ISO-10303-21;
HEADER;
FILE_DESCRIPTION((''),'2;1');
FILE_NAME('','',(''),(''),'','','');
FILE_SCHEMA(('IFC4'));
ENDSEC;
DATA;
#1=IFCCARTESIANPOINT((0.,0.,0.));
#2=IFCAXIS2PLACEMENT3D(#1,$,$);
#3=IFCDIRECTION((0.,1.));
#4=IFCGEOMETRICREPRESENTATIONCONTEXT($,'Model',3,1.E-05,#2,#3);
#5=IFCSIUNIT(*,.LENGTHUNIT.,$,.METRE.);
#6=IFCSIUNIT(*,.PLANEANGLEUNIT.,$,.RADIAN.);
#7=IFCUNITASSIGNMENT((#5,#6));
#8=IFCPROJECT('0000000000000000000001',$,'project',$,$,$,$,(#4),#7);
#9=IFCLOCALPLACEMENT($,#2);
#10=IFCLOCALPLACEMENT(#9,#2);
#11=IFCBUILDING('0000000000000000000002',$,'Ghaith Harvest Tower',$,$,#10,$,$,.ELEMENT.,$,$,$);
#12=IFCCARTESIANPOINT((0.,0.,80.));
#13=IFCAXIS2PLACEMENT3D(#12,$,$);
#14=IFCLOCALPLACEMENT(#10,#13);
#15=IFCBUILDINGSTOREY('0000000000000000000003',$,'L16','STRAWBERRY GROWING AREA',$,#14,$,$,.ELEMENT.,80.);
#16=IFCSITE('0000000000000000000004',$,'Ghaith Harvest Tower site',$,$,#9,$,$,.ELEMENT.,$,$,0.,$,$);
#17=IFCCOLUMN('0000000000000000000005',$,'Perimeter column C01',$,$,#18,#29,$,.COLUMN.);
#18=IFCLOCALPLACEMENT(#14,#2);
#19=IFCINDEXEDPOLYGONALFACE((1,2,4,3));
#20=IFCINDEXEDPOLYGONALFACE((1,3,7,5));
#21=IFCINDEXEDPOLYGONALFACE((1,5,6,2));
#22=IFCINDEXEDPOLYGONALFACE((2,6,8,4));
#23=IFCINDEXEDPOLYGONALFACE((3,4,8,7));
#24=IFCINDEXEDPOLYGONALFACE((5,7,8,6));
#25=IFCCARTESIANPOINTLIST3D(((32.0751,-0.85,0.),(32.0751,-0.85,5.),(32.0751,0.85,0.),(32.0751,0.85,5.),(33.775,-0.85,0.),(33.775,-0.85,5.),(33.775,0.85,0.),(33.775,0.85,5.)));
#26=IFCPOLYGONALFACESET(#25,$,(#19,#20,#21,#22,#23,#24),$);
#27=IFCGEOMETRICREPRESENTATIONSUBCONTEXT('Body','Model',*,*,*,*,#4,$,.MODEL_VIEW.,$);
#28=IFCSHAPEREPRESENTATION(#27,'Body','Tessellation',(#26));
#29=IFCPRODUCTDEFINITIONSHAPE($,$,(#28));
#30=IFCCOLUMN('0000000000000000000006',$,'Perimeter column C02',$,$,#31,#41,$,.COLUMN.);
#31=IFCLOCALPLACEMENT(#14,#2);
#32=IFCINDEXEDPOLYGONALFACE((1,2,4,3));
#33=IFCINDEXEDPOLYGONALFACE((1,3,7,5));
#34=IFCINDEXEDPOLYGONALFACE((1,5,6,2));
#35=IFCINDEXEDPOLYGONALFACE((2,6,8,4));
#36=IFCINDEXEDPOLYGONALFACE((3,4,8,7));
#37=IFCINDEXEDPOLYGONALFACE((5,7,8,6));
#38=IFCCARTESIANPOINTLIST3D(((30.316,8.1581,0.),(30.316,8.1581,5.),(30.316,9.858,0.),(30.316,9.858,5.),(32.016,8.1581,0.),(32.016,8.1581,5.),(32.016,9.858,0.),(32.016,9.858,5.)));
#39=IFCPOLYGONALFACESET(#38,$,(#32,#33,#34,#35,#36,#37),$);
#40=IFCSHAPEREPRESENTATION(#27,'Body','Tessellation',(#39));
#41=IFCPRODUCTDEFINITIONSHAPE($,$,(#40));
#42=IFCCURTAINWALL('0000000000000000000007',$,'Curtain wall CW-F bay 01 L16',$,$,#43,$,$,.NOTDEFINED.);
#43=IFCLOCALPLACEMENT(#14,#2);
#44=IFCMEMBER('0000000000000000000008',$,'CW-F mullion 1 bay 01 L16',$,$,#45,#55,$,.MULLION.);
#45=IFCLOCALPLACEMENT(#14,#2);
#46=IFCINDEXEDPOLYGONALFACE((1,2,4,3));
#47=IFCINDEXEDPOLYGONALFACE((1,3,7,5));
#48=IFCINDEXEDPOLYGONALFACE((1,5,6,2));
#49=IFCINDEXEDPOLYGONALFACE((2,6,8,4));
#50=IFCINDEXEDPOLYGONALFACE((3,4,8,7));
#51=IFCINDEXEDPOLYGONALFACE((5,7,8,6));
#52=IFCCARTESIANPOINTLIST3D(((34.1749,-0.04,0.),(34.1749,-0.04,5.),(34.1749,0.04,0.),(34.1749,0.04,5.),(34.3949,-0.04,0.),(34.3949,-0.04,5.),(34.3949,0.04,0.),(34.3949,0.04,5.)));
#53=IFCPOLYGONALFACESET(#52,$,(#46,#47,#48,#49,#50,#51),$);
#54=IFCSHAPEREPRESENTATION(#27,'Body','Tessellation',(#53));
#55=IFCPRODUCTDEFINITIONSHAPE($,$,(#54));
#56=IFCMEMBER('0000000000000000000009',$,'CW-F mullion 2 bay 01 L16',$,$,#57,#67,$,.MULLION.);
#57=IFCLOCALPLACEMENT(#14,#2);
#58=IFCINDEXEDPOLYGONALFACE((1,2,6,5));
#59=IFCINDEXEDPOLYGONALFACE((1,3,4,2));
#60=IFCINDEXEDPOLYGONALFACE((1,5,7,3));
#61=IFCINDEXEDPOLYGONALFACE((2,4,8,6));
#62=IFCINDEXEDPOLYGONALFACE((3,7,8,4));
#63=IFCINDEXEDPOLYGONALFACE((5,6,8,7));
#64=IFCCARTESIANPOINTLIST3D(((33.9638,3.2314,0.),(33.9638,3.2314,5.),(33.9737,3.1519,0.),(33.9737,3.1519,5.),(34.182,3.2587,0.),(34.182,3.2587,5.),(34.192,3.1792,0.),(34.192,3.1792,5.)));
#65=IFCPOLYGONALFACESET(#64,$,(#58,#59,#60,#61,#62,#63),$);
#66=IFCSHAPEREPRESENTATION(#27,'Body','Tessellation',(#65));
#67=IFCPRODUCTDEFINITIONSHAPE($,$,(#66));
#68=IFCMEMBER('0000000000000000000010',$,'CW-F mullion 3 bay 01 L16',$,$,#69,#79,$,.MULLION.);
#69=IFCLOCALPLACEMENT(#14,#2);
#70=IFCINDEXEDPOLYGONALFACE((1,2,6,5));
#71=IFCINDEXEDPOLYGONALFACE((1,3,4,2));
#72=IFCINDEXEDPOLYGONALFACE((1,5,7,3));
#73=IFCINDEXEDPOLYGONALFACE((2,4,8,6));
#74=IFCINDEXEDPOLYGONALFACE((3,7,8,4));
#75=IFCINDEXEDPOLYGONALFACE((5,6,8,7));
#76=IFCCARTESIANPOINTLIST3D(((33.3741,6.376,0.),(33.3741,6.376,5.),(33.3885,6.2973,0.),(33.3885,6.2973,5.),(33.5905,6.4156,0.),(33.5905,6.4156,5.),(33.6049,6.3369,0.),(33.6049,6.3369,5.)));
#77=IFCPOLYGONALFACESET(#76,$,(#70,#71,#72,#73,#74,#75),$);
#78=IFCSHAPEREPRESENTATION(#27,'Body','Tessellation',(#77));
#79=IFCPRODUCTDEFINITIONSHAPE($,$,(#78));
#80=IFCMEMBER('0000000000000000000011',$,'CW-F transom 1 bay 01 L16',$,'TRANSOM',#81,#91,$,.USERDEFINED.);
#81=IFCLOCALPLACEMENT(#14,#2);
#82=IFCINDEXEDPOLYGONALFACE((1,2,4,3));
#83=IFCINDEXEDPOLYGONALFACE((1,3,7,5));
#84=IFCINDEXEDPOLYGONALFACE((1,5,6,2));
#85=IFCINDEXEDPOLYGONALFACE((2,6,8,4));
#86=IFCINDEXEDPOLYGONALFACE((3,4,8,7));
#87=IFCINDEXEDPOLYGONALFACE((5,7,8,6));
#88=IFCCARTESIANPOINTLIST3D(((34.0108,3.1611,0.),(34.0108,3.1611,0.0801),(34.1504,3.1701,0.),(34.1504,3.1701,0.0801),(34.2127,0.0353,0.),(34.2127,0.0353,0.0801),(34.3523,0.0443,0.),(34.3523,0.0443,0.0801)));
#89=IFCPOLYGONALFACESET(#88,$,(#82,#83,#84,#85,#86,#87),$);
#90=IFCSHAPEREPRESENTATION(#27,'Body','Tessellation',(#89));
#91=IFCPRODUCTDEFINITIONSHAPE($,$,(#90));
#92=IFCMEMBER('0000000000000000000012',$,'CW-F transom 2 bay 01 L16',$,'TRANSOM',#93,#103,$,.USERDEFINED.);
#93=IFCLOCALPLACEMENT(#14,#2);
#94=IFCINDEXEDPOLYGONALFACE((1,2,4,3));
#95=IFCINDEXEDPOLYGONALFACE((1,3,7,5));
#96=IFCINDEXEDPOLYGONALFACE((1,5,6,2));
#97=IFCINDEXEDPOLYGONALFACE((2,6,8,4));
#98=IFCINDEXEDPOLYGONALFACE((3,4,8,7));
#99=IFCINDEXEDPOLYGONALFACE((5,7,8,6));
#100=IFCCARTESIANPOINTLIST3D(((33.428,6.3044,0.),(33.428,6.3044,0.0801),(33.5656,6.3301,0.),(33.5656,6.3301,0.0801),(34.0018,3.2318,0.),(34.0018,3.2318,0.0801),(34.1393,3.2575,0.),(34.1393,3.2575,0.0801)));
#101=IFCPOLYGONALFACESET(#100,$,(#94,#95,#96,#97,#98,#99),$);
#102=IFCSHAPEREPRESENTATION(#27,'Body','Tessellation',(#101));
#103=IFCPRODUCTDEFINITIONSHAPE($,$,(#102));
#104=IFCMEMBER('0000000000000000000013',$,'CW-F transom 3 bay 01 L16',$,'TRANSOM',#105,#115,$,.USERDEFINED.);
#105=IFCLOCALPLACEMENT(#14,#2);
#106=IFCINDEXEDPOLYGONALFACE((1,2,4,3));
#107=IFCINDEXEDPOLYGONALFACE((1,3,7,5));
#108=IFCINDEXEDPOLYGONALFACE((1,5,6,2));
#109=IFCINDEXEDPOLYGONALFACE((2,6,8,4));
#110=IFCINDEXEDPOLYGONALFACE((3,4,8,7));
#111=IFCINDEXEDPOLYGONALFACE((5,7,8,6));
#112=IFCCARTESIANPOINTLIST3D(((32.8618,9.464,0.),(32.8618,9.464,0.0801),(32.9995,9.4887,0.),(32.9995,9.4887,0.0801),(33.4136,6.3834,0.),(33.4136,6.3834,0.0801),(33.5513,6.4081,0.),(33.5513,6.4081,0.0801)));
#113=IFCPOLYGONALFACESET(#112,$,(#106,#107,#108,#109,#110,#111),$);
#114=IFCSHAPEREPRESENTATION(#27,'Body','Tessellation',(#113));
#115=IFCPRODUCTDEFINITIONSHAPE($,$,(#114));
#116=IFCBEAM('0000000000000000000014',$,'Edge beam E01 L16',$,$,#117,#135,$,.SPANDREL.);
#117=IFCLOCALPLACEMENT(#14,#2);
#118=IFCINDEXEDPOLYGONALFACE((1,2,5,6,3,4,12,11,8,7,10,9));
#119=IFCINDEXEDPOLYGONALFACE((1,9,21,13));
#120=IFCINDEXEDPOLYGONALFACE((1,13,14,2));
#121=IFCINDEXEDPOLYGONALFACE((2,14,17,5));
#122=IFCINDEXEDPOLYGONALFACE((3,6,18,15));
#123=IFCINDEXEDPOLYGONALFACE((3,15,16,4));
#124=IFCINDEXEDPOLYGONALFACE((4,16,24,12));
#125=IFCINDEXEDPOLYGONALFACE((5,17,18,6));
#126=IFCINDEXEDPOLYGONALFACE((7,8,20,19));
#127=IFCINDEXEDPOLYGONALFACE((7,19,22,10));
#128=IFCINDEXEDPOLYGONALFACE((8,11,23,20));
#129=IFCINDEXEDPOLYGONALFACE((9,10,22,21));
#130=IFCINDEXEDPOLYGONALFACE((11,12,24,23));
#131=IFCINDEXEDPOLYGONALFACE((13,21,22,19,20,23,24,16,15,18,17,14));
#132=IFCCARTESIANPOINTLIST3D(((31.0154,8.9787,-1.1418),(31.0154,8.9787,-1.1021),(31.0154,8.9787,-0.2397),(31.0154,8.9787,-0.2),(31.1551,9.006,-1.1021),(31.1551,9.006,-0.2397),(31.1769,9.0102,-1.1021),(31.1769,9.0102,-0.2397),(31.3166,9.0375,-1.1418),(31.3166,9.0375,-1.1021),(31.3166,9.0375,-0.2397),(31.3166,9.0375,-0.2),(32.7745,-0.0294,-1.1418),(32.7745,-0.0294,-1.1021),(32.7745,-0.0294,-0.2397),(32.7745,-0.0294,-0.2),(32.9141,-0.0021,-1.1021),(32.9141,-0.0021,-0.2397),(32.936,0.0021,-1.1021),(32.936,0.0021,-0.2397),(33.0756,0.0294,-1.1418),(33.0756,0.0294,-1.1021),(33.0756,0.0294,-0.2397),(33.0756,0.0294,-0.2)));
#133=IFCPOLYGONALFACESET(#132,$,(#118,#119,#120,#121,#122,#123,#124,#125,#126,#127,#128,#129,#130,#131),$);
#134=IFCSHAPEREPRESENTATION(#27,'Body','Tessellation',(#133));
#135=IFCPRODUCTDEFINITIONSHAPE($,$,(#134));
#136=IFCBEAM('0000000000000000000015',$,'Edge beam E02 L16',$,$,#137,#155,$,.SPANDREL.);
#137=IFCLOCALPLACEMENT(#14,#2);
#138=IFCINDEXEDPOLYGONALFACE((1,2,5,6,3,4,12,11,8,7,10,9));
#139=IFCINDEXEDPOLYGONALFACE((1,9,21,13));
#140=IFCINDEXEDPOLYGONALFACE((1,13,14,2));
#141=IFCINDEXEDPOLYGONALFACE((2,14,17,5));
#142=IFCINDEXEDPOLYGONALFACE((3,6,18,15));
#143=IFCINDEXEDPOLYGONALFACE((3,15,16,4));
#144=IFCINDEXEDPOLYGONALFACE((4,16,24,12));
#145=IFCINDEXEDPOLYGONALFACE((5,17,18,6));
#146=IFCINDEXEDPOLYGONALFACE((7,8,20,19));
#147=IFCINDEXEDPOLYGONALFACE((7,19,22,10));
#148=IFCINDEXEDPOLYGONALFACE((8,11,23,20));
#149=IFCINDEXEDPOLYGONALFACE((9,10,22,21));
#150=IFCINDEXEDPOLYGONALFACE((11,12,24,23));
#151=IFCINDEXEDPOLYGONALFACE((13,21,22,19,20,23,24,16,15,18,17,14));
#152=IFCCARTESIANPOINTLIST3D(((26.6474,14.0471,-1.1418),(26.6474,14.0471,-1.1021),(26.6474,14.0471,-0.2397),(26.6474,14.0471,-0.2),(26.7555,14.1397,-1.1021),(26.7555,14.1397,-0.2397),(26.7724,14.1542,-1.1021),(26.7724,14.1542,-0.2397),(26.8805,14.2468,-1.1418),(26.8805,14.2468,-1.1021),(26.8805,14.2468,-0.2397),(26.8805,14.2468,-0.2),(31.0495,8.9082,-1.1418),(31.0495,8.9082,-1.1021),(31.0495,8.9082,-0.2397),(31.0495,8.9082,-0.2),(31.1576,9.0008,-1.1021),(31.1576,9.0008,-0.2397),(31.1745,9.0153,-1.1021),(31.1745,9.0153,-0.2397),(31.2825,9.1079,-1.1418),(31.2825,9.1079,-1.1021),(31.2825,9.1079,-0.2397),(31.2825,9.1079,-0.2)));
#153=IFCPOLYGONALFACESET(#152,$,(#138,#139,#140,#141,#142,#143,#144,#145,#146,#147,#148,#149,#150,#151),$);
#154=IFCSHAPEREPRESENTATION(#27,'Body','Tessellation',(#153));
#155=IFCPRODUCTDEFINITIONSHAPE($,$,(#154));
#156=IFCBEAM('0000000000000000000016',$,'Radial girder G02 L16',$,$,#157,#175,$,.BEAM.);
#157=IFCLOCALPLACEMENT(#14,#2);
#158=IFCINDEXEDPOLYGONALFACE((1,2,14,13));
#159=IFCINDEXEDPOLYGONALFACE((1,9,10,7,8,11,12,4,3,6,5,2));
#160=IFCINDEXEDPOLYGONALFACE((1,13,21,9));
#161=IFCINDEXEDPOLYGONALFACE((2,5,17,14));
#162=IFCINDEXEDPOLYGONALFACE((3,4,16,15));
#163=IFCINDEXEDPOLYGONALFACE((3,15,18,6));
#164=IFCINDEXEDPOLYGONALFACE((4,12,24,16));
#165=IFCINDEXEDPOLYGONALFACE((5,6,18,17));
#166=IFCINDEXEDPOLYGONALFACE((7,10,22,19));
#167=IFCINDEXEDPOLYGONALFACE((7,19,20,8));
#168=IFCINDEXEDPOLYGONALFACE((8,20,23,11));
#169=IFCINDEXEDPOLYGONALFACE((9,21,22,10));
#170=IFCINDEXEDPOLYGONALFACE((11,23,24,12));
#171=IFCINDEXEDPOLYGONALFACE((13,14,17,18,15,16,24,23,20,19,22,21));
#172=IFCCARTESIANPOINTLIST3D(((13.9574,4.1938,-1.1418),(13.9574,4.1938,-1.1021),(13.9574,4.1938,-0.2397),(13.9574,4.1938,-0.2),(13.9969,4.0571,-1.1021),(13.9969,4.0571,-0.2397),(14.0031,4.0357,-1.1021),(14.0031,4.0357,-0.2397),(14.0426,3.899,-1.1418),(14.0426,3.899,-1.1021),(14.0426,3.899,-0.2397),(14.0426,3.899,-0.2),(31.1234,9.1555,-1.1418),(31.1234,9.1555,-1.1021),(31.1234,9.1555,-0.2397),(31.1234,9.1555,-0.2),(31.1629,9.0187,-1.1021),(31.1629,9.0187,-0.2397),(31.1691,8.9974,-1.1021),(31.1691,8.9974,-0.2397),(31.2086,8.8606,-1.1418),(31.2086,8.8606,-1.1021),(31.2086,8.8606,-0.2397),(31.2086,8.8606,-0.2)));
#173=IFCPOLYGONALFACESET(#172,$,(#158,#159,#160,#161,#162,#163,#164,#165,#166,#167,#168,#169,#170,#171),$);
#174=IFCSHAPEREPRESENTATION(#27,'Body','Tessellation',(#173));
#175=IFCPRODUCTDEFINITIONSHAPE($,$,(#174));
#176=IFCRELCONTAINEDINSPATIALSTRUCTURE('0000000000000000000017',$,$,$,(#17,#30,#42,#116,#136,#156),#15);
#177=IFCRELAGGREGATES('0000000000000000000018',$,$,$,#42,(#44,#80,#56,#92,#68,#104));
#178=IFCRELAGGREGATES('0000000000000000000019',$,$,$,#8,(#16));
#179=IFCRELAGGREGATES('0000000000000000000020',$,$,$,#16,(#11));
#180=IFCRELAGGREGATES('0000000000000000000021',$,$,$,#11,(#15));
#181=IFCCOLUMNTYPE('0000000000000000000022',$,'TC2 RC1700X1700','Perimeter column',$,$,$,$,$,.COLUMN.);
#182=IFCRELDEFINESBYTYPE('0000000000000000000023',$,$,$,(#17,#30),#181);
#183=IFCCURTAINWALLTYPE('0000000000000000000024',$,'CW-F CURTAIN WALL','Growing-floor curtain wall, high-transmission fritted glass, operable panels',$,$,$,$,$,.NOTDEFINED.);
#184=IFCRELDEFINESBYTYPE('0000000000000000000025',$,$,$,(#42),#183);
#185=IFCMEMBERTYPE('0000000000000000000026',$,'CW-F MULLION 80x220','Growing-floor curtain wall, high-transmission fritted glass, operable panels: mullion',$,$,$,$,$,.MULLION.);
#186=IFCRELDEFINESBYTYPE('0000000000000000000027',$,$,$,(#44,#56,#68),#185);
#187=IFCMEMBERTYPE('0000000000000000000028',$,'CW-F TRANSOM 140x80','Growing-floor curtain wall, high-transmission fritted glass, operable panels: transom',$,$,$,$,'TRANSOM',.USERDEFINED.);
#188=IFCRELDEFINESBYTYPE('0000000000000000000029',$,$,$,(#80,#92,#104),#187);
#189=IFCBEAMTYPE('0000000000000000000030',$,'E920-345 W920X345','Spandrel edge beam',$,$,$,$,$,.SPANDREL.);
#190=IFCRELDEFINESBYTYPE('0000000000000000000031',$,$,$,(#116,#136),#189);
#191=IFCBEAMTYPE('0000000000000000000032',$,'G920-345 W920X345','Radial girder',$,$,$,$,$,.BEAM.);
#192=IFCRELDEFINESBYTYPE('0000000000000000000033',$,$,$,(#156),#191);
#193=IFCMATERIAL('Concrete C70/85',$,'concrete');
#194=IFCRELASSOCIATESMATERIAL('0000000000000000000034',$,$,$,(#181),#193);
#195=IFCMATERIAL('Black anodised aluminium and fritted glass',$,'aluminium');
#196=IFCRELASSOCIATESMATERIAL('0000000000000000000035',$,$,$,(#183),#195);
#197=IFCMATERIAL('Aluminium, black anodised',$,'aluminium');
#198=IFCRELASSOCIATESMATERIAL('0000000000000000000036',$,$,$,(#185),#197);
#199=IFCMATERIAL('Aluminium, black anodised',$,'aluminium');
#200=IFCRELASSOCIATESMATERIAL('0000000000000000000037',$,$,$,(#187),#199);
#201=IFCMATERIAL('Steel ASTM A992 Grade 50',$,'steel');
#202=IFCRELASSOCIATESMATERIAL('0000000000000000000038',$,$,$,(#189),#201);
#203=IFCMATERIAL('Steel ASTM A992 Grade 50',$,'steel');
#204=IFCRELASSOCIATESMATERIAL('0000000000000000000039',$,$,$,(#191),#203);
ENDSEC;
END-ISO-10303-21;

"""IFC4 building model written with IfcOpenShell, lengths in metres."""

from ifc_helpers import new_model, si_unit, direction, frame, origin, origin_2d, place, context, subcontext, project, spatial, rectangle, i_section, extrude, material, material_profile, profile_set, type_object, element, aggregate, save


model = new_model("IFC4")

# Units and contexts
model_context = context("Model", 3, precision=1e-05, world=origin(), true_north=direction((0.0, 1.0)))
body_context = subcontext(model_context, "Body", "Model", "MODEL_VIEW")
ifc_project = project(units=[si_unit("LENGTHUNIT", "METRE"), si_unit("PLANEANGLEUNIT", "RADIAN")], contexts=[model_context])

# Site, building, storey
site_placement = place(None, origin())
site = spatial("IfcSite", under=ifc_project, at=site_placement, Name="Ghaith Harvest Tower site", CompositionType="ELEMENT", RefElevation=0.0)
building_placement = place(site_placement, origin())
building = spatial("IfcBuilding", under=site, at=building_placement, Name="Ghaith Harvest Tower", CompositionType="ELEMENT")
storey_placement = place(building_placement, frame((0.0, 0.0, 80.0)))
storey = spatial("IfcBuildingStorey", under=building, at=storey_placement, Name="L16", Description="STRAWBERRY GROWING AREA", CompositionType="ELEMENT", Elevation=80.0)

# Columns
ifc_material_1 = material(Name="Concrete C70/85", Category="concrete")
ifc_material_profile_1 = material_profile(ifc_material_1, rectangle(XDim=1.7, YDim=1.7, at=origin_2d()), Name="RC1700X1700")
ifc_profile_set_1 = profile_set([ifc_material_profile_1], Name="Concrete C70/85")
column_type = type_object("IfcColumnType", Name="TC2 RC1700X1700", Description="Perimeter column", PredefinedType="COLUMN", material=ifc_profile_set_1)
for number, where, z_axis, x_axis, name in (
    (1, (32.925, 0.0, 0.0), (0.0, 0.0, 1.0), (1.0, 0.0, 0.0), "Perimeter column C01"),
    (2, (31.166, 9.0081, 0.0), (0.0, 0.0, 1.0), (1.0, 0.0, 0.0), "Perimeter column C02"),
):
    element("IfcColumn", number, at=place(storey_placement, frame(where, z_axis=z_axis, x_axis=x_axis)), inside=storey, type_object=column_type, Name=name, PredefinedType="COLUMN", context=body_context, shape_type="SweptSolid", body=[
        extrude(rectangle(XDim=1.7, YDim=1.7, at=origin_2d()), origin(), (0.0, 0.0, 1.0), 5.0),
    ])

# Curtain wall, members
ifc_material_2 = material(Name="Black anodised aluminium and fritted glass", Category="aluminium")
curtain_wall_type = type_object("IfcCurtainWallType", Name="CW-F CURTAIN WALL", Description="Growing-floor curtain wall, high-transmission fritted glass, operable panels", PredefinedType="NOTDEFINED", material=ifc_material_2)
curtain_wall_placement = place(storey_placement, origin())
curtain_wall = element("IfcCurtainWall", 3, at=curtain_wall_placement, inside=storey, type_object=curtain_wall_type, Name="Curtain wall CW-F bay 01 L16", PredefinedType="NOTDEFINED")
ifc_material_3 = material(Name="Aluminium, black anodised", Category="aluminium")
ifc_material_profile_2 = material_profile(ifc_material_3, rectangle(XDim=0.0801, YDim=0.22, at=origin_2d()), Name="CW-F MULLION 80x220")
ifc_profile_set_2 = profile_set([ifc_material_profile_2], Name="Aluminium, black anodised")
member_type_1 = type_object("IfcMemberType", Name="CW-F MULLION 80x220", Description="Growing-floor curtain wall, high-transmission fritted glass, operable panels: mullion", PredefinedType="MULLION", material=ifc_profile_set_2)
member_1_placement = place(storey_placement, frame((34.2849, 0.0, 0.0), z_axis=(0.0, 0.0, 1.0), x_axis=(0.0, 1.0, 0.0)))
member_1 = element("IfcMember", 4, at=member_1_placement, type_object=member_type_1, Name="CW-F mullion 1 bay 01 L16", PredefinedType="MULLION", context=body_context, shape_type="SweptSolid", body=[
    extrude(rectangle(XDim=0.0801, YDim=0.22, at=origin_2d()), origin(), (0.0, 0.0, 1.0), 5.0),
])
member_2_placement = place(storey_placement, frame((34.0779, 3.2053, 0.0), z_axis=(0.0, 0.0, 1.0), x_axis=(-0.12417, 0.992261, 0.0)))
member_2 = element("IfcMember", 5, at=member_2_placement, type_object=member_type_1, Name="CW-F mullion 2 bay 01 L16", PredefinedType="MULLION", context=body_context, shape_type="SweptSolid", body=[
    extrude(rectangle(XDim=0.0801, YDim=0.22, at=origin_2d()), origin(), (0.0, 0.0, 1.0), 5.0),
])
member_3_placement = place(storey_placement, frame((33.4895, 6.3564, 0.0), z_axis=(0.0, 0.0, 1.0), x_axis=(-0.179943, 0.983677, 0.0)))
member_3 = element("IfcMember", 6, at=member_3_placement, type_object=member_type_1, Name="CW-F mullion 3 bay 01 L16", PredefinedType="MULLION", context=body_context, shape_type="SweptSolid", body=[
    extrude(rectangle(XDim=0.0801, YDim=0.22, at=origin_2d()), origin(), (0.0, 0.0, 1.0), 5.0),
])
ifc_material_4 = material(Name="Aluminium, black anodised", Category="aluminium")
ifc_material_profile_3 = material_profile(ifc_material_4, rectangle(XDim=0.1399, YDim=0.0801, at=origin_2d()), Name="CW-F TRANSOM 140x80")
ifc_profile_set_3 = profile_set([ifc_material_profile_3], Name="Aluminium, black anodised")
member_type_2 = type_object("IfcMemberType", Name="CW-F TRANSOM 140x80", Description="Growing-floor curtain wall, high-transmission fritted glass, operable panels: transom", ElementType="TRANSOM", PredefinedType="USERDEFINED", material=ifc_profile_set_3)
member_4_placement = place(storey_placement, frame((34.2825, 0.0398, 0.04), z_axis=(-0.06446, 0.99792, 0.0), x_axis=(-0.99792, -0.06446, 0.0)))
member_4 = element("IfcMember", 7, at=member_4_placement, type_object=member_type_2, Name="CW-F transom 1 bay 01 L16", ObjectType="TRANSOM", PredefinedType="USERDEFINED", context=body_context, shape_type="SweptSolid", body=[
    extrude(rectangle(XDim=0.1399, YDim=0.0801, at=origin_2d()), origin(), (0.0, 0.0, 1.0), 3.1323),
])
member_5_placement = place(storey_placement, frame((34.0706, 3.2446, 0.04), z_axis=(-0.183557, 0.983009, 0.0), x_axis=(-0.983009, -0.183557, 0.0)))
member_5 = element("IfcMember", 8, at=member_5_placement, type_object=member_type_2, Name="CW-F transom 2 bay 01 L16", ObjectType="TRANSOM", PredefinedType="USERDEFINED", context=body_context, shape_type="SweptSolid", body=[
    extrude(rectangle(XDim=0.1399, YDim=0.0801, at=origin_2d()), origin(), (0.0, 0.0, 1.0), 3.1257),
])
member_6_placement = place(storey_placement, frame((33.4824, 6.3958, 0.04), z_axis=(-0.176304, 0.984336, 0.0), x_axis=(-0.984336, -0.176304, 0.0)))
member_6 = element("IfcMember", 9, at=member_6_placement, type_object=member_type_2, Name="CW-F transom 3 bay 01 L16", ObjectType="TRANSOM", PredefinedType="USERDEFINED", context=body_context, shape_type="SweptSolid", body=[
    extrude(rectangle(XDim=0.1399, YDim=0.0801, at=origin_2d()), origin(), (0.0, 0.0, 1.0), 3.1296),
])

# Beams
ifc_material_5 = material(Name="Steel ASTM A992 Grade 50", Category="steel")
ifc_material_profile_4 = material_profile(ifc_material_5, i_section(OverallWidth=0.3069, OverallDepth=0.9419, WebThickness=0.0222, FlangeThickness=0.0398, at=origin_2d()), Name="W920X345")
ifc_profile_set_4 = profile_set([ifc_material_profile_4], Name="Steel ASTM A992 Grade 50")
beam_type_1 = type_object("IfcBeamType", Name="E920-345 W920X345", Description="Spandrel edge beam", PredefinedType="SPANDREL", material=ifc_profile_set_4)
beam_1_placement = place(storey_placement, frame((32.925, 0.0, -0.6709), z_axis=(-0.191653, 0.981463, 0.0), x_axis=(-0.981463, -0.191653, 0.0)))
element("IfcBeam", 10, at=beam_1_placement, inside=storey, type_object=beam_type_1, Name="Edge beam E01 L16", PredefinedType="SPANDREL", context=body_context, shape_type="SweptSolid", body=[
    extrude(i_section(OverallWidth=0.3069, OverallDepth=0.9419, WebThickness=0.0222, FlangeThickness=0.0398, at=origin_2d()), origin(), (0.0, 0.0, 1.0), 9.1782),
])
beam_2_placement = place(storey_placement, frame((31.166, 9.0081, -0.6709), z_axis=(-0.650563, 0.759453, 0.0), x_axis=(-0.759453, -0.650563, 0.0)))
element("IfcBeam", 11, at=beam_2_placement, inside=storey, type_object=beam_type_1, Name="Edge beam E02 L16", PredefinedType="SPANDREL", context=body_context, shape_type="SweptSolid", body=[
    extrude(i_section(OverallWidth=0.3069, OverallDepth=0.9419, WebThickness=0.0222, FlangeThickness=0.0398, at=origin_2d()), origin(), (0.0, 0.0, 1.0), 6.7666),
])
ifc_material_6 = material(Name="Steel ASTM A992 Grade 50", Category="steel")
ifc_material_profile_5 = material_profile(ifc_material_6, i_section(OverallWidth=0.3069, OverallDepth=0.9419, WebThickness=0.0222, FlangeThickness=0.0398, at=origin_2d()), Name="W920X345")
ifc_profile_set_5 = profile_set([ifc_material_profile_5], Name="Steel ASTM A992 Grade 50")
beam_type_2 = type_object("IfcBeamType", Name="G920-345 W920X345", Description="Radial girder", PredefinedType="BEAM", material=ifc_profile_set_5)
beam_3_placement = place(storey_placement, frame((14.0, 4.0464, -0.6709), z_axis=(0.960675, 0.277674, 0.0), x_axis=(-0.277674, 0.960675, 0.0)))
element("IfcBeam", 12, at=beam_3_placement, inside=storey, type_object=beam_type_2, Name="Radial girder G02 L16", PredefinedType="BEAM", context=body_context, shape_type="SweptSolid", body=[
    extrude(i_section(OverallWidth=0.3069, OverallDepth=0.9419, WebThickness=0.0222, FlangeThickness=0.0398, at=origin_2d()), origin(), (0.0, 0.0, 1.0), 17.8687),
])

aggregate(curtain_wall, [member_1, member_4, member_2, member_5, member_3, member_6])

save(model, "model.ifc")
